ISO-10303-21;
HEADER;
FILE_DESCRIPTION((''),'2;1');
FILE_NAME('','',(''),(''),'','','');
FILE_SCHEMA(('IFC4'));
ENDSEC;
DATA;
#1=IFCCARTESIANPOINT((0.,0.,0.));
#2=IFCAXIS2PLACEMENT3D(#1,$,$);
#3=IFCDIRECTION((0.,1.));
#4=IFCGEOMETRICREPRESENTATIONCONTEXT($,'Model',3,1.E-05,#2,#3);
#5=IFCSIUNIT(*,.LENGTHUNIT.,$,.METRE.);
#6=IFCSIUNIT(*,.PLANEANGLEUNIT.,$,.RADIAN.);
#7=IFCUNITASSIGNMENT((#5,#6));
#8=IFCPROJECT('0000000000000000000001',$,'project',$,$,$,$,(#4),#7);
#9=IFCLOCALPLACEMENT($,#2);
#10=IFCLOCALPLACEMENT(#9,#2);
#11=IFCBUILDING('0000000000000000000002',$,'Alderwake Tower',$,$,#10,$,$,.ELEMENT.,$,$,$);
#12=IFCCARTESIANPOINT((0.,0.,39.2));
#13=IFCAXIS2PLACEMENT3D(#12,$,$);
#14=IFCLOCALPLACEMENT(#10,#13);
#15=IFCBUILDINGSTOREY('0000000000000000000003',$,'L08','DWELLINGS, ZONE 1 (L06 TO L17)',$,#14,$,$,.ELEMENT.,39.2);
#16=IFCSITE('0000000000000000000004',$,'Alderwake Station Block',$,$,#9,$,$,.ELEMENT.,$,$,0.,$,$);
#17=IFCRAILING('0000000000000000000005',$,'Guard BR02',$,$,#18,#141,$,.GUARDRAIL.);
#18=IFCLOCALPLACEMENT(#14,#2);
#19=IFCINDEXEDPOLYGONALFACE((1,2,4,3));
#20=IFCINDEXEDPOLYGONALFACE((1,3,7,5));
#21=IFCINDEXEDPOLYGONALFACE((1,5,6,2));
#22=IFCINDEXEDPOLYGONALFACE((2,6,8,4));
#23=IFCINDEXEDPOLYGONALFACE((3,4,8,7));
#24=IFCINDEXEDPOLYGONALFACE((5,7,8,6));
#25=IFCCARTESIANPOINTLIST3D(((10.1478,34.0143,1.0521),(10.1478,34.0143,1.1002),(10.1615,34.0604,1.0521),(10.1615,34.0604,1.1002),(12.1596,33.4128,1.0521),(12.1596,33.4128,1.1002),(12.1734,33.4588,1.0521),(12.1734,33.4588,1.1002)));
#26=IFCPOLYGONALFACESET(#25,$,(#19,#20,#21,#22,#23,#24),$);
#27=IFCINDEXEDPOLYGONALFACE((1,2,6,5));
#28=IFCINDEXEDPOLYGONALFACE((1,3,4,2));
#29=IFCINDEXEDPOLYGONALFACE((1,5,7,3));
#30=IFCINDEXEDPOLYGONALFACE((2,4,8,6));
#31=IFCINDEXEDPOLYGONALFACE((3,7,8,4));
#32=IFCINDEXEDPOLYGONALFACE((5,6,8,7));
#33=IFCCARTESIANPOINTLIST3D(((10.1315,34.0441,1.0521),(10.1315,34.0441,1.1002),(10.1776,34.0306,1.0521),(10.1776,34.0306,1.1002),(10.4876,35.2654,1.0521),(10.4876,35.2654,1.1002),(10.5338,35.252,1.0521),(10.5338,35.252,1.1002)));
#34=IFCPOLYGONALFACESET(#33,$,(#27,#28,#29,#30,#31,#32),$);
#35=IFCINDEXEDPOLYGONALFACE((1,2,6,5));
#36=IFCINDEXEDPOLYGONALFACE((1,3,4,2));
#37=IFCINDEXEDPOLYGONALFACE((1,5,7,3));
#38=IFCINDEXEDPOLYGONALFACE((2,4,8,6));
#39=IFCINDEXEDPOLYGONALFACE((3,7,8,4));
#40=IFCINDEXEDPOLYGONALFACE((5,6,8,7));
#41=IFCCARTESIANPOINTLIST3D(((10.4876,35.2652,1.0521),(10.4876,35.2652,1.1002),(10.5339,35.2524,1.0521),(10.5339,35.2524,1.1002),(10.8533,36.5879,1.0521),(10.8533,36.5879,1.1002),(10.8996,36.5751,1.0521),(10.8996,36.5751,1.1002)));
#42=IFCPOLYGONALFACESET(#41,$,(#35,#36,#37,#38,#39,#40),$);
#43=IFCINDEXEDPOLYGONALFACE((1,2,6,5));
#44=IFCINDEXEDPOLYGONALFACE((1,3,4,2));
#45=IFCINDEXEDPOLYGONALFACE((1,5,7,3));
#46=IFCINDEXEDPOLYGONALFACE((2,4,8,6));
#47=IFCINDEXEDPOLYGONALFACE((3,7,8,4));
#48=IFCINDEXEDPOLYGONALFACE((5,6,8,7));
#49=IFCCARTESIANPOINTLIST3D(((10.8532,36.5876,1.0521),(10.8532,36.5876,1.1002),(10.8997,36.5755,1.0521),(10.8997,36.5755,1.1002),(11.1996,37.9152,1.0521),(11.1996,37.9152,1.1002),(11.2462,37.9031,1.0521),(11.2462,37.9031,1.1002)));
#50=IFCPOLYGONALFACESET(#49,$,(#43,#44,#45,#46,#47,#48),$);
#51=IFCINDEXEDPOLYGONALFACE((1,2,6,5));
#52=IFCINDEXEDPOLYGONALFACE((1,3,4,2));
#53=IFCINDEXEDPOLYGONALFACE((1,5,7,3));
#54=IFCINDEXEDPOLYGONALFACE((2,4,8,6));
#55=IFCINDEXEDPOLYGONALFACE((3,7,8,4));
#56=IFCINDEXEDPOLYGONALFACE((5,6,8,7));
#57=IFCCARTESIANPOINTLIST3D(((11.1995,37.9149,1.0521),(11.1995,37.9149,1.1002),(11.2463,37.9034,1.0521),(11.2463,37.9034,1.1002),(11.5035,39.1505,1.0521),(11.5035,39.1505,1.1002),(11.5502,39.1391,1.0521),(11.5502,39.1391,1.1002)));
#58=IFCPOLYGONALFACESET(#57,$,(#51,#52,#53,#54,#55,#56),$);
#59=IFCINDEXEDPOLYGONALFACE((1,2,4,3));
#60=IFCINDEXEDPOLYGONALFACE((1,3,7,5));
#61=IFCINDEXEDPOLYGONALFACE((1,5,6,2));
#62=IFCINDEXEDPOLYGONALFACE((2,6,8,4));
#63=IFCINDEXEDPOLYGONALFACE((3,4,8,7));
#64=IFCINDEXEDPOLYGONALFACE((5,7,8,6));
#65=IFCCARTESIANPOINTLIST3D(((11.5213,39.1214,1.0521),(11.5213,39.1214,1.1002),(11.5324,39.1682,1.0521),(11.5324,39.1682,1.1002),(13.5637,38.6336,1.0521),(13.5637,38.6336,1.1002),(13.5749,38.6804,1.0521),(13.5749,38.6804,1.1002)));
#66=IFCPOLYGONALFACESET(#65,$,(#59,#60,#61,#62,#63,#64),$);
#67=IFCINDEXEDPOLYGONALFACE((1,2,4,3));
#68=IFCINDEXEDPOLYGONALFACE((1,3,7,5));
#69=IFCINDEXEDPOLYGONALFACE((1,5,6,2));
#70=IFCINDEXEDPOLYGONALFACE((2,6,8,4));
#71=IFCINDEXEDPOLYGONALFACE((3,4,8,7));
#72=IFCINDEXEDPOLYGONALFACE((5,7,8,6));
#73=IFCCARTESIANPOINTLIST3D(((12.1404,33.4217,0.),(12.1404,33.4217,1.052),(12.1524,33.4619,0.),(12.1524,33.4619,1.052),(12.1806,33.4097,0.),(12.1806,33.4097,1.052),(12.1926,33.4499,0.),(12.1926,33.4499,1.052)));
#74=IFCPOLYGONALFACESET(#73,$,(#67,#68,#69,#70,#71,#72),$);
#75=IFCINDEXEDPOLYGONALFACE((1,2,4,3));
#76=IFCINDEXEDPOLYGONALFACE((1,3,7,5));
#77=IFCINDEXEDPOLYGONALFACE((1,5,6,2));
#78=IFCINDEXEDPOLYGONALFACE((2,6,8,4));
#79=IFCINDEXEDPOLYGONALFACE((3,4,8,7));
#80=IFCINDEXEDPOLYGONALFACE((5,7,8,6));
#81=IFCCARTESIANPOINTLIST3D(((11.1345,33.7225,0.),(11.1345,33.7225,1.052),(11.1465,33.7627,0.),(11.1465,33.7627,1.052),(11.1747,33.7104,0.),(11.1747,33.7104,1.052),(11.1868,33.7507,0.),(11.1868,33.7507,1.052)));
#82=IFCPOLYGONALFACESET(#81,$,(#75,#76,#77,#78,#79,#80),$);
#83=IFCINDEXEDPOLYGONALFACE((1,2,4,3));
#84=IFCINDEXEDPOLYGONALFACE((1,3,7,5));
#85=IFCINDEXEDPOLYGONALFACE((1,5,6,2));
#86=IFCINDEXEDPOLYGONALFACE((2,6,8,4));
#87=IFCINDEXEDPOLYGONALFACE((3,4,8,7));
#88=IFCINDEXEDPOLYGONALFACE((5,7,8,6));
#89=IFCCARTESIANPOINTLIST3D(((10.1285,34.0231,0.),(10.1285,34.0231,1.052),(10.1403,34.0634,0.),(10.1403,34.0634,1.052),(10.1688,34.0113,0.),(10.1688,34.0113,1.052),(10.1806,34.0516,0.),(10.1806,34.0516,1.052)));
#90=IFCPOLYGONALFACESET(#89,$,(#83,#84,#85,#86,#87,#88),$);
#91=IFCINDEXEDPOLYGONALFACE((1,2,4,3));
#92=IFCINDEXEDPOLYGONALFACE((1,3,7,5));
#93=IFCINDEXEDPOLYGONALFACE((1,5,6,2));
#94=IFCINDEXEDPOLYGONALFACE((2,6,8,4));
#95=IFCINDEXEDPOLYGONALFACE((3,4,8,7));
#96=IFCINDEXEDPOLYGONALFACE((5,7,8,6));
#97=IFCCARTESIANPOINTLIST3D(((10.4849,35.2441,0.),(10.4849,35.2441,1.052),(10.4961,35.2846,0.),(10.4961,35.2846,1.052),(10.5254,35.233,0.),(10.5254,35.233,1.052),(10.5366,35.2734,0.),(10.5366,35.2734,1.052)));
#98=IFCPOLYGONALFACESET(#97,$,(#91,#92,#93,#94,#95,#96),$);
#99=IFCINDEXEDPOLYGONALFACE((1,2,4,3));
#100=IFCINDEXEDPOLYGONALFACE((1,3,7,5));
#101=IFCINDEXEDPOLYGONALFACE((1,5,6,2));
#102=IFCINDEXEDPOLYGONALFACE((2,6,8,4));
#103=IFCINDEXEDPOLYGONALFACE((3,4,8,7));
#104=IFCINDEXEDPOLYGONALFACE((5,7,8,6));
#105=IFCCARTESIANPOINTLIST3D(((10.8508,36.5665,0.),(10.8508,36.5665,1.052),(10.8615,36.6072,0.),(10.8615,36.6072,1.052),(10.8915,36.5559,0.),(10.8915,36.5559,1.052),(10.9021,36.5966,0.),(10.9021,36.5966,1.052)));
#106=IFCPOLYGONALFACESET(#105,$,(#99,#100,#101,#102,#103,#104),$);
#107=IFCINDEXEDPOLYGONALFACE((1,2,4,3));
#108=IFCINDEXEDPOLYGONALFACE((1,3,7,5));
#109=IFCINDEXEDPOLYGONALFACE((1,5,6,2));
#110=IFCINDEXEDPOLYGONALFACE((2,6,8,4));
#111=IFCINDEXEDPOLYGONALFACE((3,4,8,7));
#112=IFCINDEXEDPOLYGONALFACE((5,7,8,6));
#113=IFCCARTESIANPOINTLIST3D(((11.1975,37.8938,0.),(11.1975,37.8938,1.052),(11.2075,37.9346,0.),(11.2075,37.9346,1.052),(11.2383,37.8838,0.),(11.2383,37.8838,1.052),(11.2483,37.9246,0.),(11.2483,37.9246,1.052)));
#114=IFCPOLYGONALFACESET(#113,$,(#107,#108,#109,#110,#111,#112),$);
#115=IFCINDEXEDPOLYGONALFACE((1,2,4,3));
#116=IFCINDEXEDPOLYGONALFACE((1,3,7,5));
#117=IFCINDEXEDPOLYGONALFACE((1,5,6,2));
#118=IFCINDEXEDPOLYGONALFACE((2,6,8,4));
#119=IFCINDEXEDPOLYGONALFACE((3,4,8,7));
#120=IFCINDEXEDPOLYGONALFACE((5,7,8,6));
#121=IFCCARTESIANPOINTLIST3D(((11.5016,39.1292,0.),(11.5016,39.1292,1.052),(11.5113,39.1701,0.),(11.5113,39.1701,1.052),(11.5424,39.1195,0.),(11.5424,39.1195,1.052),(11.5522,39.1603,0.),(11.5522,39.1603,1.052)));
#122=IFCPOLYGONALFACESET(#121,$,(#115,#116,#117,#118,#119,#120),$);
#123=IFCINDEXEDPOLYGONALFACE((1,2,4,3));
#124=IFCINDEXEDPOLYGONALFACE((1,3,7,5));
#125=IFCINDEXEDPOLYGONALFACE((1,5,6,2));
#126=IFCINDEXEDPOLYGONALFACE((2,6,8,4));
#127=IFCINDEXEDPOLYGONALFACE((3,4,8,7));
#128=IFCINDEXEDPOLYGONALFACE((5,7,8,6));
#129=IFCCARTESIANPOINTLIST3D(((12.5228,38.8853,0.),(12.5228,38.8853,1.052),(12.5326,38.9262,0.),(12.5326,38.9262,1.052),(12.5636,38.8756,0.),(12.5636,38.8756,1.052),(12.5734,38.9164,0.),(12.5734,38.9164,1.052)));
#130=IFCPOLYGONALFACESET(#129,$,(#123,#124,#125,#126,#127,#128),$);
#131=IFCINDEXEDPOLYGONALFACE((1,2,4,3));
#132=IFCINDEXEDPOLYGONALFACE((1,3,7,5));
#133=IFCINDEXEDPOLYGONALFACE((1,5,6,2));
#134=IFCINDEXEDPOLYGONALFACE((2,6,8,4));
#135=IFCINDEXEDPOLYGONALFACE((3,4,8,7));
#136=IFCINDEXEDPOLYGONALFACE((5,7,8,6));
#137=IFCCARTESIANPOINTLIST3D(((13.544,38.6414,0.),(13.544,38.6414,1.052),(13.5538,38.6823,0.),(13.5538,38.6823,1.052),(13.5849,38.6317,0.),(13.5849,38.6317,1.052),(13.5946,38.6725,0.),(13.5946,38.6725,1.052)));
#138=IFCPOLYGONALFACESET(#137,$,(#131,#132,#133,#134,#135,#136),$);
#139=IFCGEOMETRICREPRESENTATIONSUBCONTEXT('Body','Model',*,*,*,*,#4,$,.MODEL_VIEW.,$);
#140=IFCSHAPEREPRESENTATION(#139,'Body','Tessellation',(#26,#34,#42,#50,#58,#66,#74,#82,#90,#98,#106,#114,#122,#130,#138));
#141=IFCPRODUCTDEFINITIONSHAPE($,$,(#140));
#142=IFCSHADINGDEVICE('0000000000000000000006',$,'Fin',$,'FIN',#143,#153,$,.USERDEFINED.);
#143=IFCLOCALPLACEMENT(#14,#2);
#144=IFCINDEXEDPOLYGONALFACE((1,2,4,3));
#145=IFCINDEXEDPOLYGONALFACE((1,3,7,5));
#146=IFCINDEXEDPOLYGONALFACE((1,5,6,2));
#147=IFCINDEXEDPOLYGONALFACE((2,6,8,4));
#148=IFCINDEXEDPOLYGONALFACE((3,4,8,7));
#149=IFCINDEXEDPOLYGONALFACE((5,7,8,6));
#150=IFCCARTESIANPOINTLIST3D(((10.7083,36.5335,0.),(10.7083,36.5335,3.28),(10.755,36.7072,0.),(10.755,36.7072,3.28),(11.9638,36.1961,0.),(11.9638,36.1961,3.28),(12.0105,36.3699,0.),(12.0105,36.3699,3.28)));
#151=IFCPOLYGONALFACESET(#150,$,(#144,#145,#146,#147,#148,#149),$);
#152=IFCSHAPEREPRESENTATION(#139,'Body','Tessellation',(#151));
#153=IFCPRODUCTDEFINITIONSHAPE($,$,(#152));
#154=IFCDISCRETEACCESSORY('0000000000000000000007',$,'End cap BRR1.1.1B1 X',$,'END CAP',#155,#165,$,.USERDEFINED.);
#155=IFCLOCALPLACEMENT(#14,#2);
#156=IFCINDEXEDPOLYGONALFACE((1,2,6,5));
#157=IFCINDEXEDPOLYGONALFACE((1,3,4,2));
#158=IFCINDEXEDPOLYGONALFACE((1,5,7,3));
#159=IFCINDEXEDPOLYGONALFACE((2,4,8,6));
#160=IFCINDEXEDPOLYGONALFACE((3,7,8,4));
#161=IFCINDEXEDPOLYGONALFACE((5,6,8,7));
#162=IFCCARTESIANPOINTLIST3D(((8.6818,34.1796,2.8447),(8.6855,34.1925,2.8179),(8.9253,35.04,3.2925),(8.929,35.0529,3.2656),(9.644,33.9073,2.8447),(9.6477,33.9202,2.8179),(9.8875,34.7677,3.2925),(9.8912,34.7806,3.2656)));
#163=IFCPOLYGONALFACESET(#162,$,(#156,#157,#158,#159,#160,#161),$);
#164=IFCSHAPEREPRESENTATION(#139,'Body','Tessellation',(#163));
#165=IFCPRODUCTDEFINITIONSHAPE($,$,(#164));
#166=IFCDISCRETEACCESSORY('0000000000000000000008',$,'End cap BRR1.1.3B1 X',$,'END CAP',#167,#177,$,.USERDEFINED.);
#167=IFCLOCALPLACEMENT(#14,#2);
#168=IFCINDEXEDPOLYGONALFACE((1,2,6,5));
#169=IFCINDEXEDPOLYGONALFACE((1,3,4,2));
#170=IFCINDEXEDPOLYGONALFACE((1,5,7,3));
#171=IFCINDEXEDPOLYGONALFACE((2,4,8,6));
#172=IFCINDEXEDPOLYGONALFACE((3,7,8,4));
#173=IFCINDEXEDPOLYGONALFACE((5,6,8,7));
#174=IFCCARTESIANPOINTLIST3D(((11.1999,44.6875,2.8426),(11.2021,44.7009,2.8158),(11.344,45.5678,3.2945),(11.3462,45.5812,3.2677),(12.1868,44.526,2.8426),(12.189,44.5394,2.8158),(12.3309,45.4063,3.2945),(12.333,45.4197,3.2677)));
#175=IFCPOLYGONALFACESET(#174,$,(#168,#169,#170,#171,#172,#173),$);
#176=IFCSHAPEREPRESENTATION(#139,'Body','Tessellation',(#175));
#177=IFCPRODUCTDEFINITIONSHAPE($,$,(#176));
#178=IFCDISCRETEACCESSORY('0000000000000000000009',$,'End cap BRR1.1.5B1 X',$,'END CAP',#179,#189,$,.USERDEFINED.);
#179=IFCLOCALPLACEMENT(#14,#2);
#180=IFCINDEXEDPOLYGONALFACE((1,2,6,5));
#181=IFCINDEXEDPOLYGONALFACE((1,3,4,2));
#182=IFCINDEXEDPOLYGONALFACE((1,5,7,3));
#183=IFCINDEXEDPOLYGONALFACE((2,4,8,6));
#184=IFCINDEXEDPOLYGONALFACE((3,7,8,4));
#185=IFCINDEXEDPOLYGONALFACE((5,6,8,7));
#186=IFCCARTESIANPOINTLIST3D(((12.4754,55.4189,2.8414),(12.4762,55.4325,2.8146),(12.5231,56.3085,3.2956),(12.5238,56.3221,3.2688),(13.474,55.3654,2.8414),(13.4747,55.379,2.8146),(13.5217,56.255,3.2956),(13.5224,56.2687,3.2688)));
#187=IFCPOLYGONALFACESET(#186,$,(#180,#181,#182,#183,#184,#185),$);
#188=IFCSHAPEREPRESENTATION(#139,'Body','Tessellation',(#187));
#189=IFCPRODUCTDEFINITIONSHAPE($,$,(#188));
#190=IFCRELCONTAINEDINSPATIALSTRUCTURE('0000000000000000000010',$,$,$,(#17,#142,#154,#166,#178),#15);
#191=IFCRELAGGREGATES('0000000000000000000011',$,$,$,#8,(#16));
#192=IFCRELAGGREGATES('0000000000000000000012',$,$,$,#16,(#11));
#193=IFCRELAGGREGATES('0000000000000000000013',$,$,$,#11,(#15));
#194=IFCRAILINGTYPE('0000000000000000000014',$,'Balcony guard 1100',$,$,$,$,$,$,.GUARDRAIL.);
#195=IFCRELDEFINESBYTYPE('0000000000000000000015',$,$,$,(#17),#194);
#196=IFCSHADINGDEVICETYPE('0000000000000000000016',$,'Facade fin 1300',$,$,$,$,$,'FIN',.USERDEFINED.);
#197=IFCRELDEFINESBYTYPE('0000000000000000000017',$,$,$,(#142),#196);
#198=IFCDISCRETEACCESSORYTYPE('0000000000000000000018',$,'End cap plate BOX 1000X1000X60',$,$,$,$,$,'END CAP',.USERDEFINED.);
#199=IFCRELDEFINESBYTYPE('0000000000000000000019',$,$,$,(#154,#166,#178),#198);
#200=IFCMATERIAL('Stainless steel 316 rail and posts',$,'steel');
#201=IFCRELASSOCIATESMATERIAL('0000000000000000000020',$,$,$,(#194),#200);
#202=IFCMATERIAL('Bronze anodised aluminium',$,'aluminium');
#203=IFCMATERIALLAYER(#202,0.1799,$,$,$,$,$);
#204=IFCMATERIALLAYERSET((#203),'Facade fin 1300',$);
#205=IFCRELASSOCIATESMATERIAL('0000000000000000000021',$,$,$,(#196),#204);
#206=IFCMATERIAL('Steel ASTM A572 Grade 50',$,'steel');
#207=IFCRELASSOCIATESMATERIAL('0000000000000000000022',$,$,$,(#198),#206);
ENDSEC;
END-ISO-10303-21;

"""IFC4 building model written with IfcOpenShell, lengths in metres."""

from ifc_helpers import new_model, si_unit, direction, frame, origin, origin_2d, place, context, subcontext, project, spatial, rectangle, extrude, material, layer, layer_set, material_profile, profile_set, type_object, element, save


model = new_model("IFC4")

# Units and contexts
model_context = context("Model", 3, precision=1e-05, world=origin(), true_north=direction((0.0, 1.0)))
body_context = subcontext(model_context, "Body", "Model", "MODEL_VIEW")
ifc_project = project(units=[si_unit("LENGTHUNIT", "METRE"), si_unit("PLANEANGLEUNIT", "RADIAN")], contexts=[model_context])

# Site, building, storey
site_placement = place(None, origin())
site = spatial("IfcSite", under=ifc_project, at=site_placement, Name="Alderwake Station Block", CompositionType="ELEMENT", RefElevation=0.0)
building_placement = place(site_placement, origin())
building = spatial("IfcBuilding", under=site, at=building_placement, Name="Alderwake Tower", CompositionType="ELEMENT")
storey_placement = place(building_placement, frame((0.0, 0.0, 39.2)))
storey = spatial("IfcBuildingStorey", under=building, at=storey_placement, Name="L08", Description="DWELLINGS, ZONE 1 (L06 TO L17)", CompositionType="ELEMENT", Elevation=39.2)

# Railing
ifc_material_1 = material(Name="Stainless steel 316 rail and posts", Category="steel")
railing_type = type_object("IfcRailingType", Name="Balcony guard 1100", PredefinedType="GUARDRAIL", material=ifc_material_1)
railing_placement = place(storey_placement, frame((12.1665, 33.4358, 0.0)))
element("IfcRailing", 1, at=railing_placement, inside=storey, type_object=railing_type, Name="Guard BR02", PredefinedType="GUARDRAIL", context=body_context, shape_type="SweptSolid", body=[
    extrude(rectangle(XDim=0.0481, YDim=0.0481, at=origin_2d()), frame((0.0, 0.0, 1.0762), z_axis=(-0.958091, 0.286462, 0.0), x_axis=(-0.286462, -0.958091, 0.0)), (0.0, 0.0, 1.0), 2.0999),
    extrude(rectangle(XDim=0.0481, YDim=0.0481, at=origin_2d()), frame((-2.012, 0.6016, 1.0762), z_axis=(0.279963, 0.960011, 0.0), x_axis=(-0.960011, 0.279963, 0.0)), (0.0, 0.0, 1.0), 1.2722),
    extrude(rectangle(XDim=0.0481, YDim=0.0481, at=origin_2d()), frame((-1.6558, 1.823, 1.0762), z_axis=(0.266488, 0.963838, 0.0), x_axis=(-0.963838, 0.266488, 0.0)), (0.0, 0.0, 1.0), 1.3723),
    extrude(rectangle(XDim=0.0481, YDim=0.0481, at=origin_2d()), frame((-1.29, 3.1458, 1.0762), z_axis=(0.252487, 0.9676, 0.0), x_axis=(-0.9676, 0.252487, 0.0)), (0.0, 0.0, 1.0), 1.3721),
    extrude(rectangle(XDim=0.0481, YDim=0.0481, at=origin_2d()), frame((-0.9436, 4.4734, 1.0762), z_axis=(0.238877, 0.97105, 0.0), x_axis=(-0.97105, 0.238877, 0.0)), (0.0, 0.0, 1.0), 1.2725),
    extrude(rectangle(XDim=0.0481, YDim=0.0481, at=origin_2d()), frame((-0.6396, 5.709, 1.0762), z_axis=(0.972646, -0.232291, 0.0), x_axis=(0.232291, 0.972646, 0.0)), (0.0, 0.0, 1.0), 2.0999),
    extrude(rectangle(XDim=0.042, YDim=0.042, at=origin_2d()), frame((0.0, 0.0, 0.0), z_axis=(0.0, 0.0, 1.0), x_axis=(-0.958091, 0.286462, 0.0)), (0.0, 0.0, 1.0), 1.052),
    extrude(rectangle(XDim=0.042, YDim=0.042, at=origin_2d()), frame((-1.0059, 0.3008, 0.0), z_axis=(0.0, 0.0, 1.0), x_axis=(-0.958091, 0.286462, 0.0)), (0.0, 0.0, 1.0), 1.052),
    extrude(rectangle(XDim=0.042, YDim=0.042, at=origin_2d()), frame((-2.012, 0.6016, 0.0), z_axis=(0.0, 0.0, 1.0), x_axis=(0.279963, 0.960011, 0.0)), (0.0, 0.0, 1.0), 1.052),
    extrude(rectangle(XDim=0.042, YDim=0.042, at=origin_2d()), frame((-1.6558, 1.823, 0.0), z_axis=(0.0, 0.0, 1.0), x_axis=(0.266488, 0.963838, 0.0)), (0.0, 0.0, 1.0), 1.052),
    extrude(rectangle(XDim=0.042, YDim=0.042, at=origin_2d()), frame((-1.29, 3.1458, 0.0), z_axis=(0.0, 0.0, 1.0), x_axis=(0.252487, 0.9676, 0.0)), (0.0, 0.0, 1.0), 1.052),
    extrude(rectangle(XDim=0.042, YDim=0.042, at=origin_2d()), frame((-0.9436, 4.4734, 0.0), z_axis=(0.0, 0.0, 1.0), x_axis=(0.238877, 0.97105, 0.0)), (0.0, 0.0, 1.0), 1.052),
    extrude(rectangle(XDim=0.042, YDim=0.042, at=origin_2d()), frame((-0.6396, 5.709, 0.0), z_axis=(0.0, 0.0, 1.0), x_axis=(0.972646, -0.232291, 0.0)), (0.0, 0.0, 1.0), 1.052),
    extrude(rectangle(XDim=0.042, YDim=0.042, at=origin_2d()), frame((0.3816, 5.4651, 0.0), z_axis=(0.0, 0.0, 1.0), x_axis=(0.972646, -0.232291, 0.0)), (0.0, 0.0, 1.0), 1.052),
    extrude(rectangle(XDim=0.042, YDim=0.042, at=origin_2d()), frame((1.4028, 5.2212, 0.0), z_axis=(0.0, 0.0, 1.0), x_axis=(0.972646, -0.232291, 0.0)), (0.0, 0.0, 1.0), 1.052),
])

# Shading device
ifc_material_2 = material(Name="Bronze anodised aluminium", Category="aluminium")
ifc_layer_1 = layer(ifc_material_2, 0.1799)
ifc_layer_set_1 = layer_set([ifc_layer_1], Name="Facade fin 1300")
shading_device_type = type_object("IfcShadingDeviceType", Name="Facade fin 1300", ElementType="FIN", PredefinedType="USERDEFINED", material=ifc_layer_set_1)
shading_device_placement = place(storey_placement, frame((11.3594, 36.4517, 0.0), z_axis=(0.0, 0.0, 1.0), x_axis=(0.965744, -0.259495, 0.0)))
element("IfcShadingDevice", 2, at=shading_device_placement, inside=storey, type_object=shading_device_type, Name="Fin", ObjectType="FIN", PredefinedType="USERDEFINED", context=body_context, shape_type="SweptSolid", body=[
    extrude(rectangle(XDim=1.3, YDim=0.1799, at=origin_2d()), origin(), (0.0, 0.0, 1.0), 3.28),
])

# Discrete accessories
ifc_material_3 = material(Name="Steel ASTM A572 Grade 50", Category="steel")
ifc_material_profile_1 = material_profile(ifc_material_3, rectangle(XDim=1.0, YDim=1.0, at=origin_2d()), Name="BOX 1000X1000X60 cap")
ifc_profile_set_1 = profile_set([ifc_material_profile_1], Name="Steel ASTM A572 Grade 50")
discrete_accessory_type = type_object("IfcDiscreteAccessoryType", Name="End cap plate BOX 1000X1000X60", ElementType="END CAP", PredefinedType="USERDEFINED", material=ifc_profile_set_1)
for number, where, z_axis, x_axis, name in (
    (3, (9.2883, 34.4866, 3.0417), (-0.121931, -0.430823, 0.894161), (0.962206, -0.272322, 0.0), "End cap BRR1.1.1B1 X"),
    (4, (11.7676, 45.0603, 3.0417), (-0.072985, -0.446021, 0.892042), (0.986875, -0.161489, 0.0), "End cap BRR1.1.3B1 X"),
    (5, (12.9993, 55.8506, 3.0417), (-0.024297, -0.453549, 0.8909), (0.998568, -0.053495, 0.0), "End cap BRR1.1.5B1 X"),
):
    element("IfcDiscreteAccessory", number, at=place(storey_placement, frame(where, z_axis=z_axis, x_axis=x_axis)), inside=storey, type_object=discrete_accessory_type, Name=name, ObjectType="END CAP", PredefinedType="USERDEFINED", context=body_context, shape_type="SweptSolid", body=[
        extrude(rectangle(XDim=1.0, YDim=1.0, at=origin_2d()), origin(), (0.0, 0.0, 1.0), 0.03),
    ])

save(model, "model.ifc")
